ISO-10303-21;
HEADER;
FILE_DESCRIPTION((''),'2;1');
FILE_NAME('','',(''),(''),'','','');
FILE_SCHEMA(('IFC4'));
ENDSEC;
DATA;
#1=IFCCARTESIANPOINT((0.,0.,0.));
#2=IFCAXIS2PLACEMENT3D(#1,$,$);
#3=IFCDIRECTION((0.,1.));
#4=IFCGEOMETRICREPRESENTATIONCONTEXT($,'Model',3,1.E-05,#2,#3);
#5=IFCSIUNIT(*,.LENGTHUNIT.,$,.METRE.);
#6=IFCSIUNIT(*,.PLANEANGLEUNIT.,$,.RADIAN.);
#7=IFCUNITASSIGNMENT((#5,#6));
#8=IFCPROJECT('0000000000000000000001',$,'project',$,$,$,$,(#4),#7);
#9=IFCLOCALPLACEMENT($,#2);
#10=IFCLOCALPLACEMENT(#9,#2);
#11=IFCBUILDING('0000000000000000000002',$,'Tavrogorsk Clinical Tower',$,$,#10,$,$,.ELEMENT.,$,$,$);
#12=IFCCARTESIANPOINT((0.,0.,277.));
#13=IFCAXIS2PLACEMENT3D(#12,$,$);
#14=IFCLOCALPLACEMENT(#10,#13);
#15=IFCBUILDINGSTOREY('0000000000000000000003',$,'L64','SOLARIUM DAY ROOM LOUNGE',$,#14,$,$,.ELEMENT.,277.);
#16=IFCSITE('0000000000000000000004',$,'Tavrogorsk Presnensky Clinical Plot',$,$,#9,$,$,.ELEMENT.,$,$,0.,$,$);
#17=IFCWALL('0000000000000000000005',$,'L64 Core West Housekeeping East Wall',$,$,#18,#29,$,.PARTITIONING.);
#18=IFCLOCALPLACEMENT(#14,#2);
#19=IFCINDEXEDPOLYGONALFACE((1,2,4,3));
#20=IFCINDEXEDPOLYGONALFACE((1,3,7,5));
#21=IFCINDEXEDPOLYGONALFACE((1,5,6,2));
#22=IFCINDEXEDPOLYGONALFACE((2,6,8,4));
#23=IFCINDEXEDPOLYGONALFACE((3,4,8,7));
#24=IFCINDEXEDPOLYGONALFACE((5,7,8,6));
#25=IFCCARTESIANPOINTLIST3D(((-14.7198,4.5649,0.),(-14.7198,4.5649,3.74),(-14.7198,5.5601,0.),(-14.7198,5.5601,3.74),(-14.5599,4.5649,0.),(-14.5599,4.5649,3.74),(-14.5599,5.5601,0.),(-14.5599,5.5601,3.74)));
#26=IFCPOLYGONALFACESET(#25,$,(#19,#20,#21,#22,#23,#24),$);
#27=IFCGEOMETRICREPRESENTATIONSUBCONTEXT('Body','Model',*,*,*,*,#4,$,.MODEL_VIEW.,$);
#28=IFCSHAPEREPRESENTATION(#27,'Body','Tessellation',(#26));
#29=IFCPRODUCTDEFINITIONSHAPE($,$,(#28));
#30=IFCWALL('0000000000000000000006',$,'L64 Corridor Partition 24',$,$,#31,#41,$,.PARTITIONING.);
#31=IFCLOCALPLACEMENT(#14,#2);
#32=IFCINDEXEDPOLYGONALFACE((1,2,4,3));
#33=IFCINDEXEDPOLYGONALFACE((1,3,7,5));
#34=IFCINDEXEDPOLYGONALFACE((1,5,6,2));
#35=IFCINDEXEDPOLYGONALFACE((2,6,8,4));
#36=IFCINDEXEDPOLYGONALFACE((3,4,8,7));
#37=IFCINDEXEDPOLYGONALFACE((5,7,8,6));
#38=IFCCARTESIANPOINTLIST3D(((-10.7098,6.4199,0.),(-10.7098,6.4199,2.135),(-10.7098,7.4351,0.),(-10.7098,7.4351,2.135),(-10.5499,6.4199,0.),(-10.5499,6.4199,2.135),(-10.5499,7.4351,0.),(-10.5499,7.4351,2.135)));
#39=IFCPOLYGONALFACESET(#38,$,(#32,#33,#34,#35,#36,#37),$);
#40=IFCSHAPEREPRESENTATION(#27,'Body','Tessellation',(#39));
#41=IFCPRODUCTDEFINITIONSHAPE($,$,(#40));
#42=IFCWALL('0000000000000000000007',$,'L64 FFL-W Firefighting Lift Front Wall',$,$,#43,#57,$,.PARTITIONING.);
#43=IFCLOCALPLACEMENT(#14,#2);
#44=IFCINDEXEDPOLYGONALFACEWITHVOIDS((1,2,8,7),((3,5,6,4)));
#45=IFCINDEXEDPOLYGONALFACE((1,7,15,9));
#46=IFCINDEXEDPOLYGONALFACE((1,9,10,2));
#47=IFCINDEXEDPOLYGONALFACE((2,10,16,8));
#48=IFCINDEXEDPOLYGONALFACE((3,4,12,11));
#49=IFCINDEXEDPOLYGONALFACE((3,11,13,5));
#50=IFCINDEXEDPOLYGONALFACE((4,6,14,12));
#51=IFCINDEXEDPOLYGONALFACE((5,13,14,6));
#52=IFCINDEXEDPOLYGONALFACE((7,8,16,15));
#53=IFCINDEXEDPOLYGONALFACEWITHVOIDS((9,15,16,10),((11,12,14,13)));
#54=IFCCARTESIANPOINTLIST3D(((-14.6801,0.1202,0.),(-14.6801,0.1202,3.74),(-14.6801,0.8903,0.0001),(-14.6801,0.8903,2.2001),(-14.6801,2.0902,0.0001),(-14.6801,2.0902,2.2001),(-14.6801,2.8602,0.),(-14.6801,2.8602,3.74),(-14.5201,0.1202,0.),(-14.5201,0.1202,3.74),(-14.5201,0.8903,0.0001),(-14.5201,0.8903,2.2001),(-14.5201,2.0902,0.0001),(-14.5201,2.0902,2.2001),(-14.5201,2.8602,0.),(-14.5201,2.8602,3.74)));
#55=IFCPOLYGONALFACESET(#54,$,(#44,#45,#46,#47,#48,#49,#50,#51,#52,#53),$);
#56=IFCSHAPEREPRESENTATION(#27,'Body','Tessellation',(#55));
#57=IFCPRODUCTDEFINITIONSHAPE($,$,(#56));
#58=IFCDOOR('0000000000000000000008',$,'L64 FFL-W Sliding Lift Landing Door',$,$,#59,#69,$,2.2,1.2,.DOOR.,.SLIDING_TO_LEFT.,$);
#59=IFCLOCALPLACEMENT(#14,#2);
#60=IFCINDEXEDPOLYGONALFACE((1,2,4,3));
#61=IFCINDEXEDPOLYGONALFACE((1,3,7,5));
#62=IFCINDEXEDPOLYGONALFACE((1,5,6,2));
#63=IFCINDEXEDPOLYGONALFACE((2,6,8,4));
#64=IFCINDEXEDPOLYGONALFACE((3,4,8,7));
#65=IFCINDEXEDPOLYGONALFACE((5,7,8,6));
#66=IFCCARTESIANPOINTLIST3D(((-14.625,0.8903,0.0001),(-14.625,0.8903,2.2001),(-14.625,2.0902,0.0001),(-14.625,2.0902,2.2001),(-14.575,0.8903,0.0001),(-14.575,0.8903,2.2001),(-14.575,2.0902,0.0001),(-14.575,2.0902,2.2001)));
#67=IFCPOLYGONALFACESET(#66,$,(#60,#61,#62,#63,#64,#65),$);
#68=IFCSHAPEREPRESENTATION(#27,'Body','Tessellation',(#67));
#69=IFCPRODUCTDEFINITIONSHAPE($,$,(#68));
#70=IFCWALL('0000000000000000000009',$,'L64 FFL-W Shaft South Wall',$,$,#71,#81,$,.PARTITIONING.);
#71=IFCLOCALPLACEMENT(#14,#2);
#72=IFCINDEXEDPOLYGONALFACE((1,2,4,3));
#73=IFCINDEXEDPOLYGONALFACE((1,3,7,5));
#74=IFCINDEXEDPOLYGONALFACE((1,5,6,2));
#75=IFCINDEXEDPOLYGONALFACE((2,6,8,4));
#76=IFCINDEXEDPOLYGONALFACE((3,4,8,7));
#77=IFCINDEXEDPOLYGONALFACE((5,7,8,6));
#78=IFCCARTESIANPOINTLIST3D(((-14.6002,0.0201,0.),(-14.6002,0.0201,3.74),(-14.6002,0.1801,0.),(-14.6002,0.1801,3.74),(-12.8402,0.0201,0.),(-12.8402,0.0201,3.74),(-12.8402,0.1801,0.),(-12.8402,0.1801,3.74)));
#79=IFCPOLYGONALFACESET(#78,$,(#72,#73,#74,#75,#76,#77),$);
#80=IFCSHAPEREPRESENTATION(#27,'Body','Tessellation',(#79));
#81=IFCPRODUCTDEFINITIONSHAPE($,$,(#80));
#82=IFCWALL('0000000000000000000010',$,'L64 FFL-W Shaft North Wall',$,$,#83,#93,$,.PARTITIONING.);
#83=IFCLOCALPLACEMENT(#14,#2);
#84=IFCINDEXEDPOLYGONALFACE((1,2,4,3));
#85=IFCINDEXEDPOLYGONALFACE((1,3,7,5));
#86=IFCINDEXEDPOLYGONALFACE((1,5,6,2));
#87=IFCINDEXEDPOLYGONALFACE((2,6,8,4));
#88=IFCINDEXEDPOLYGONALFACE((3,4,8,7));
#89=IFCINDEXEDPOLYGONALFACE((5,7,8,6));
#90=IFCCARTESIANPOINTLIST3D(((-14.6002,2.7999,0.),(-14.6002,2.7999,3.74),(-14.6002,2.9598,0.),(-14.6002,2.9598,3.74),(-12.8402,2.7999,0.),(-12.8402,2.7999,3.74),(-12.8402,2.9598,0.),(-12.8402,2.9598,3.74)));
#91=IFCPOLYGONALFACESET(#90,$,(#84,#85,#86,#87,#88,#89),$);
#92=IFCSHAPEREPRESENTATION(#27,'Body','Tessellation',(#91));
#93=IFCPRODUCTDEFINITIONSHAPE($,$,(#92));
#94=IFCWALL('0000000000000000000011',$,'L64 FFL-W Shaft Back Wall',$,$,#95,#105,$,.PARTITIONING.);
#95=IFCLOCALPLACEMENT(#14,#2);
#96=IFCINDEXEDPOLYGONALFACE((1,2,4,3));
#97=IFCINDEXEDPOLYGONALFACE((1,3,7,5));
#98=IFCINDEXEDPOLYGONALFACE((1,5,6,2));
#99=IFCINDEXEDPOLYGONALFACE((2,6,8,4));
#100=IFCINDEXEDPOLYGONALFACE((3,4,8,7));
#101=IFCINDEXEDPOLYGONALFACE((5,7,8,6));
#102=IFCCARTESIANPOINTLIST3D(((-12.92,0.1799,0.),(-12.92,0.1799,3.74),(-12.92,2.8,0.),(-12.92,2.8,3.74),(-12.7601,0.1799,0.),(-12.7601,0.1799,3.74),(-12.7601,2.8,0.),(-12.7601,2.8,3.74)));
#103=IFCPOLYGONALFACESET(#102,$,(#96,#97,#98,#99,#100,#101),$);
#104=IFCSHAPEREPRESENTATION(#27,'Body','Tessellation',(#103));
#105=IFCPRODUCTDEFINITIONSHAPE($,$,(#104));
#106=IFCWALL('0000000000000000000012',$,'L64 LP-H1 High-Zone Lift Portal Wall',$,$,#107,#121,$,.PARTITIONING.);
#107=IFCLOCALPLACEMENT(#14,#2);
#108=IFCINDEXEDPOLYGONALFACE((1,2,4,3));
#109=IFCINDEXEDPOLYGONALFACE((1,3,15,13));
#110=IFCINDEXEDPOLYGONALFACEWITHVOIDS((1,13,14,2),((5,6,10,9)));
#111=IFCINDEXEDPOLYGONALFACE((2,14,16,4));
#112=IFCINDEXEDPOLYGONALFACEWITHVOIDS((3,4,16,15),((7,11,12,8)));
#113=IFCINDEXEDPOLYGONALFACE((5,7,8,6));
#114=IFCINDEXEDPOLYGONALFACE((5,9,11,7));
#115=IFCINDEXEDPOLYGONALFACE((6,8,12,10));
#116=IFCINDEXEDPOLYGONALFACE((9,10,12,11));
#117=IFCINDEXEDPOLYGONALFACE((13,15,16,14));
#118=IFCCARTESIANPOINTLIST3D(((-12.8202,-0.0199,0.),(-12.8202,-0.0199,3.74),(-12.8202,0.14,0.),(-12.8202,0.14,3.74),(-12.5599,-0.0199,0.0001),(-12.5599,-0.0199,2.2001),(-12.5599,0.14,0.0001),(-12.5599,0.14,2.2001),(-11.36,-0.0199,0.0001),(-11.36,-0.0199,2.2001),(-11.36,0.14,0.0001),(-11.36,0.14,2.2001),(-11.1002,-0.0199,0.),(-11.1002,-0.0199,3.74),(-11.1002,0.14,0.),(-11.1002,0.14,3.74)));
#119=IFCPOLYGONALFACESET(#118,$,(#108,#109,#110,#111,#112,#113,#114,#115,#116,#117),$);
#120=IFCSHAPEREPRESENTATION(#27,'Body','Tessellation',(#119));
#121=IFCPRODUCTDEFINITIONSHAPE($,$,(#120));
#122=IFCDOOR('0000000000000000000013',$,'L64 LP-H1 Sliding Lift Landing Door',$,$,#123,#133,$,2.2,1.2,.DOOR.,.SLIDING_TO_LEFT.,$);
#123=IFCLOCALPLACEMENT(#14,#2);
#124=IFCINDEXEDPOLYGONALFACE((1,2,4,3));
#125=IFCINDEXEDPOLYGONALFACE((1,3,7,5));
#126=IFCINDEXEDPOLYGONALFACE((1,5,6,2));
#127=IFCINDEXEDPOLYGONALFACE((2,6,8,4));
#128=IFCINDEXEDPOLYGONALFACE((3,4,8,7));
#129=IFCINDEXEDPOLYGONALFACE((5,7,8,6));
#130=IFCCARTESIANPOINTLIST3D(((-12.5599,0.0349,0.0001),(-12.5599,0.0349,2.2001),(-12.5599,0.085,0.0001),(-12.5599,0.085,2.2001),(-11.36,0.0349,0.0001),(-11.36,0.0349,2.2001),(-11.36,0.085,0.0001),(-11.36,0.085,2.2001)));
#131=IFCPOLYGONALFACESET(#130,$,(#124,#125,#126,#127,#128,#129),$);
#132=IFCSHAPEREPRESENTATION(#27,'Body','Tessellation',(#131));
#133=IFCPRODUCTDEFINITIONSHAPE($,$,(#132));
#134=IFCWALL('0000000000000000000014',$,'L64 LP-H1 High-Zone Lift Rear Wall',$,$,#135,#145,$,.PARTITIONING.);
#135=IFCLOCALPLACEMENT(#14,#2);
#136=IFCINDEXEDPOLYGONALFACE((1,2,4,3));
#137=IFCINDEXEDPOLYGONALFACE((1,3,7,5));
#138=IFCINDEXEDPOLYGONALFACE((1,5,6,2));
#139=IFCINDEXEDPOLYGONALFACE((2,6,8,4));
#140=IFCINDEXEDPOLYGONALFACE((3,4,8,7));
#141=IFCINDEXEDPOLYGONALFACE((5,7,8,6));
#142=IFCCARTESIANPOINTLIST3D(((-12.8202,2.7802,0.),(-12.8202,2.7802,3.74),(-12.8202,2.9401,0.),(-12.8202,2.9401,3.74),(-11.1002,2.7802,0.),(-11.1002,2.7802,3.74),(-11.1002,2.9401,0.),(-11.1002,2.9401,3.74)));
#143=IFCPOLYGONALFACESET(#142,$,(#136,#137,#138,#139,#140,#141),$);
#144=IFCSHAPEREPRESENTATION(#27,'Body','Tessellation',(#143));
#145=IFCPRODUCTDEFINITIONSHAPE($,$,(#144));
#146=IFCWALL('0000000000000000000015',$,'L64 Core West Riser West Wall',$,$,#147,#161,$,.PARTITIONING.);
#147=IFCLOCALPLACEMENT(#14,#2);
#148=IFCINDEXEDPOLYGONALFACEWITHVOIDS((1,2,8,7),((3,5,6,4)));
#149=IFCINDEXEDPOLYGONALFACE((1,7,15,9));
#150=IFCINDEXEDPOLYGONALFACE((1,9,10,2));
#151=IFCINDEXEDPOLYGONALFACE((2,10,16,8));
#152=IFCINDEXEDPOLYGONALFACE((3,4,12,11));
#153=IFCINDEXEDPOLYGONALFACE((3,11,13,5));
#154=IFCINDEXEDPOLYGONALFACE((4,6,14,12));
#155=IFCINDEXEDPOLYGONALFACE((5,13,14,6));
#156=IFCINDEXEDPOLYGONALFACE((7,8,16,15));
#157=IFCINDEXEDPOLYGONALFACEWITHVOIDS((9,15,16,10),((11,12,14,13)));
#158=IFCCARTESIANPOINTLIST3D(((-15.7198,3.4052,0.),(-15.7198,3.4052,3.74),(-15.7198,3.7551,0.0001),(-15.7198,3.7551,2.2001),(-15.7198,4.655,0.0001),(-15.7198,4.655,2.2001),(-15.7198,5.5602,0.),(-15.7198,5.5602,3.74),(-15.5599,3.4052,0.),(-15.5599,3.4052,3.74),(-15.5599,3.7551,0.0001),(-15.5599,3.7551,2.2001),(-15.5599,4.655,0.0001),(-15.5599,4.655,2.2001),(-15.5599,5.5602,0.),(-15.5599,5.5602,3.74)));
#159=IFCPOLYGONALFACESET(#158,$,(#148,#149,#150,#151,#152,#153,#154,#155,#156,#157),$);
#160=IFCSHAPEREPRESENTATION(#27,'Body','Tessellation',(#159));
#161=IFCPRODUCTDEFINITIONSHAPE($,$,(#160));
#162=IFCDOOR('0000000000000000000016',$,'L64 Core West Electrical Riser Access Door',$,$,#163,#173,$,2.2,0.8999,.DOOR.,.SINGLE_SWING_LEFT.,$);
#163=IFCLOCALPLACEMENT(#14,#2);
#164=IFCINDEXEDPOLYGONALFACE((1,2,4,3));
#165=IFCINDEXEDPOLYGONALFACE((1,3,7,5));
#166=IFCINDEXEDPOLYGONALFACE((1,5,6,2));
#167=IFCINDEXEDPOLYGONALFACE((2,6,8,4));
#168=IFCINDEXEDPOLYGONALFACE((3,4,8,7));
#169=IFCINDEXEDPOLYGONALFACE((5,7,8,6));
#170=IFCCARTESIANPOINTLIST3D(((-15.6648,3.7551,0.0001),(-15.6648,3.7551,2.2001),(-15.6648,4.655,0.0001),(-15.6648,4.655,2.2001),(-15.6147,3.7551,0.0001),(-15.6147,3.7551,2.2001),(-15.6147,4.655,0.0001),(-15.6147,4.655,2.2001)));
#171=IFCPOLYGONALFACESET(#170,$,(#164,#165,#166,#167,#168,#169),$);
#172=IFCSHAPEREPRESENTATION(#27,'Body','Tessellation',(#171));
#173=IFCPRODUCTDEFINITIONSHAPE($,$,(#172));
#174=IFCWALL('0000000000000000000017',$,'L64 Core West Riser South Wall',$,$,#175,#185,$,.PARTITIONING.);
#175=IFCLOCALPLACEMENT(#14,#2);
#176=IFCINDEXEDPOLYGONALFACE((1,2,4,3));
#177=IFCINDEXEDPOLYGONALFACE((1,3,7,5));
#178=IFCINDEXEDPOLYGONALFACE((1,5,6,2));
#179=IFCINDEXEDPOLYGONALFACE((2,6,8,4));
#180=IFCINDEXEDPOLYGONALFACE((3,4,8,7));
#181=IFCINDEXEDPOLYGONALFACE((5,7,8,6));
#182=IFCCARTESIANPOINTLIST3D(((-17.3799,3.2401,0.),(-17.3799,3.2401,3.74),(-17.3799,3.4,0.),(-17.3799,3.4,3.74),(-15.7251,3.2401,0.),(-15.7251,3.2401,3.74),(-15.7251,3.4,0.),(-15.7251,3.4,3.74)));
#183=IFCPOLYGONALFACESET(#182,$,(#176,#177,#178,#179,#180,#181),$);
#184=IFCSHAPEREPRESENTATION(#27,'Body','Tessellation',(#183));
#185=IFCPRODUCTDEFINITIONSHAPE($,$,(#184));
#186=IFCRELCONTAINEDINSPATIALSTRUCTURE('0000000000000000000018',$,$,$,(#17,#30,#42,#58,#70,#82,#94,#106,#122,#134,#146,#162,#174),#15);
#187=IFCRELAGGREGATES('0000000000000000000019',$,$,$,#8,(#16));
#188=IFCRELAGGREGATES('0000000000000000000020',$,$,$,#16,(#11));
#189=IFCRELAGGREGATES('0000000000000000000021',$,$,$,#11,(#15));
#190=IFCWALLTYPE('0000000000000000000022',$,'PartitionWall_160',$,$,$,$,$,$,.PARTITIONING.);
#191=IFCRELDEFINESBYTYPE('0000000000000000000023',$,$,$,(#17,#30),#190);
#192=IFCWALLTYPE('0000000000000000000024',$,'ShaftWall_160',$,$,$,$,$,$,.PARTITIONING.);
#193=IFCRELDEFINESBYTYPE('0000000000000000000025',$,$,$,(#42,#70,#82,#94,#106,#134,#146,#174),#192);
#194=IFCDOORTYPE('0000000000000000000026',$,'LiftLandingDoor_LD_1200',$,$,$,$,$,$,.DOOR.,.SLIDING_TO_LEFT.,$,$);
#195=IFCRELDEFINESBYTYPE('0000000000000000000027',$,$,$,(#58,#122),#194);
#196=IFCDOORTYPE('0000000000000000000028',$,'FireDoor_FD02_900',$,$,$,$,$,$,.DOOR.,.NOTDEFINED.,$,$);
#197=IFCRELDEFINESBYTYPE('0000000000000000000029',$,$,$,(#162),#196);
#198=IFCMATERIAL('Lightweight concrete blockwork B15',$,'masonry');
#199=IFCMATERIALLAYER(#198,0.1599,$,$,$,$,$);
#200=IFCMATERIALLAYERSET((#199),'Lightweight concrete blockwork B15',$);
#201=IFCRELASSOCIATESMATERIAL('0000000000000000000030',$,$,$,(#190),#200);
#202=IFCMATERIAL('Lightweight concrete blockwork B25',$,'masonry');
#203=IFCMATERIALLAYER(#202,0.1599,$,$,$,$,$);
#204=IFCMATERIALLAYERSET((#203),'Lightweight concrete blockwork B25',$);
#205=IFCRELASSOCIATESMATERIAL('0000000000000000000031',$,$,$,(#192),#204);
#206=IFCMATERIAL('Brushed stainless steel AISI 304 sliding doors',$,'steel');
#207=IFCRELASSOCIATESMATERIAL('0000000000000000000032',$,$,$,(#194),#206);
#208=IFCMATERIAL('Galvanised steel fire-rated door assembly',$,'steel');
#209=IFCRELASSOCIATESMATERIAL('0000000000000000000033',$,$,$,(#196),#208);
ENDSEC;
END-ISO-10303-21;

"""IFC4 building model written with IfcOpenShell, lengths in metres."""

from ifc_helpers import new_model, si_unit, direction, frame, frame_2d, origin, place, context, subcontext, project, spatial, rectangle, extrude, material, layer, layer_set, type_object, element, fill, save


model = new_model("IFC4")

# Units and contexts
model_context = context("Model", 3, precision=1e-05, world=origin(), true_north=direction((0.0, 1.0)))
body_context = subcontext(model_context, "Body", "Model", "MODEL_VIEW")
ifc_project = project(units=[si_unit("LENGTHUNIT", "METRE"), si_unit("PLANEANGLEUNIT", "RADIAN")], contexts=[model_context])

# Site, building, storey
site_placement = place(None, origin())
site = spatial("IfcSite", under=ifc_project, at=site_placement, Name="Tavrogorsk Presnensky Clinical Plot", CompositionType="ELEMENT", RefElevation=0.0)
building_placement = place(site_placement, origin())
building = spatial("IfcBuilding", under=site, at=building_placement, Name="Tavrogorsk Clinical Tower", CompositionType="ELEMENT")
storey_placement = place(building_placement, frame((0.0, 0.0, 277.0)))
storey = spatial("IfcBuildingStorey", under=building, at=storey_placement, Name="L64", Description="SOLARIUM DAY ROOM LOUNGE", CompositionType="ELEMENT", Elevation=277.0)

# Shared definitions
ifc_material_1 = material(Name="Lightweight concrete blockwork B15", Category="masonry")
ifc_layer_1 = layer(ifc_material_1, 0.1599)
ifc_layer_set_1 = layer_set([ifc_layer_1], Name="Lightweight concrete blockwork B15")
wall_type_1 = type_object("IfcWallType", Name="PartitionWall_160", PredefinedType="PARTITIONING", material=ifc_layer_set_1)

# Walls
wall_1_placement = place(storey_placement, frame((-14.6399, 4.5649, 0.0), z_axis=(0.0, 0.0, 1.0), x_axis=(0.0, 1.0, 0.0)))
element("IfcWall", 1, at=wall_1_placement, inside=storey, type_object=wall_type_1, Name="L64 Core West Housekeeping East Wall", PredefinedType="PARTITIONING", context=body_context, shape_type="SweptSolid", body=[
    extrude(rectangle(XDim=0.9951, YDim=0.1599, at=frame_2d((0.4976, 0.0))), origin(), (0.0, 0.0, 1.0), 3.74),
])
wall_2_placement = place(storey_placement, frame((-10.6299, 6.4199, 0.0), z_axis=(0.0, 0.0, 1.0), x_axis=(0.0, 1.0, 0.0)))
element("IfcWall", 2, at=wall_2_placement, inside=storey, type_object=wall_type_1, Name="L64 Corridor Partition 24", PredefinedType="PARTITIONING", context=body_context, shape_type="SweptSolid", body=[
    extrude(rectangle(XDim=1.0151, YDim=0.1599, at=frame_2d((0.5076, 0.0))), origin(), (0.0, 0.0, 1.0), 2.135),
])

# Wall, opening, door
ifc_material_2 = material(Name="Lightweight concrete blockwork B25", Category="masonry")
ifc_layer_2 = layer(ifc_material_2, 0.1599)
ifc_layer_set_2 = layer_set([ifc_layer_2], Name="Lightweight concrete blockwork B25")
wall_type_2 = type_object("IfcWallType", Name="ShaftWall_160", PredefinedType="PARTITIONING", material=ifc_layer_set_2)
wall_3_placement = place(storey_placement, frame((-14.6001, 0.1201, 0.0), z_axis=(0.0, 0.0, 1.0), x_axis=(0.0, 1.0, 0.0)))
wall_3 = element("IfcWall", 3, at=wall_3_placement, inside=storey, type_object=wall_type_2, Name="L64 FFL-W Firefighting Lift Front Wall", PredefinedType="PARTITIONING", context=body_context, shape_type="SweptSolid", body=[
    extrude(rectangle(XDim=2.74, YDim=0.1599, at=frame_2d((1.3701, 0.0))), origin(), (0.0, 0.0, 1.0), 3.74),
])
opening_1_placement = place(wall_3_placement, frame((0.77, 0.0, 0.0)))
opening_1 = element("IfcOpeningElement", 4, at=opening_1_placement, cuts=wall_3, PredefinedType="OPENING", context=body_context, shape_type="SweptSolid", body=[
    extrude(rectangle(XDim=1.2, YDim=2.2, at=frame_2d((0.6001, 1.1001))), frame((0.0, 0.0898, 0.0), z_axis=(0.0, -1.0, 0.0), x_axis=(1.0, 0.0, 0.0)), (0.0, 0.0, 1.0), 0.1799),
])
ifc_material_3 = material(Name="Brushed stainless steel AISI 304 sliding doors", Category="steel")
door_type_1 = type_object("IfcDoorType", Name="LiftLandingDoor_LD_1200", OperationType="SLIDING_TO_LEFT", PredefinedType="DOOR", material=ifc_material_3)
door_1_placement = place(opening_1_placement, origin())
door_1 = element("IfcDoor", 5, at=door_1_placement, inside=storey, type_object=door_type_1, Name="L64 FFL-W Sliding Lift Landing Door", OperationType="SLIDING_TO_LEFT", OverallHeight=2.2, OverallWidth=1.2, PredefinedType="DOOR", context=body_context, shape_type="SweptSolid", body=[
    extrude(rectangle(XDim=1.2, YDim=2.2, at=frame_2d((0.6001, 1.1001))), frame((0.0, 0.0249, 0.0), z_axis=(0.0, -1.0, 0.0), x_axis=(1.0, 0.0, 0.0)), (0.0, 0.0, 1.0), 0.05),
])
fill(opening_1, door_1)

# Walls
for number, where, z_axis, x_axis, name in (
    (6, (-14.6001, 0.1001, 0.0), (0.0, 0.0, 1.0), (1.0, 0.0, 0.0), "L64 FFL-W Shaft South Wall"),
    (7, (-14.6001, 2.8799, 0.0), (0.0, 0.0, 1.0), (1.0, 0.0, 0.0), "L64 FFL-W Shaft North Wall"),
):
    element("IfcWall", number, at=place(storey_placement, frame(where, z_axis=z_axis, x_axis=x_axis)), inside=storey, type_object=wall_type_2, Name=name, PredefinedType="PARTITIONING", context=body_context, shape_type="SweptSolid", body=[
        extrude(rectangle(XDim=1.76, YDim=0.1599, at=frame_2d((0.8799, 0.0))), origin(), (0.0, 0.0, 1.0), 3.74),
    ])
wall_4_placement = place(storey_placement, frame((-12.8401, 0.1799, 0.0), z_axis=(0.0, 0.0, 1.0), x_axis=(0.0, 1.0, 0.0)))
element("IfcWall", 8, at=wall_4_placement, inside=storey, type_object=wall_type_2, Name="L64 FFL-W Shaft Back Wall", PredefinedType="PARTITIONING", context=body_context, shape_type="SweptSolid", body=[
    extrude(rectangle(XDim=2.6201, YDim=0.1599, at=frame_2d((1.3101, 0.0))), origin(), (0.0, 0.0, 1.0), 3.74),
])

# Wall, opening, door
wall_5_placement = place(storey_placement, frame((-12.8201, 0.0601, 0.0), z_axis=(0.0, 0.0, 1.0), x_axis=(1.0, 0.0, 0.0)))
wall_5 = element("IfcWall", 9, at=wall_5_placement, inside=storey, type_object=wall_type_2, Name="L64 LP-H1 High-Zone Lift Portal Wall", PredefinedType="PARTITIONING", context=body_context, shape_type="SweptSolid", body=[
    extrude(rectangle(XDim=1.72, YDim=0.1599, at=frame_2d((0.8599, 0.0))), origin(), (0.0, 0.0, 1.0), 3.74),
])
opening_2_placement = place(wall_5_placement, frame((0.26, 0.0, 0.0)))
opening_2 = element("IfcOpeningElement", 10, at=opening_2_placement, cuts=wall_5, PredefinedType="OPENING", context=body_context, shape_type="SweptSolid", body=[
    extrude(rectangle(XDim=1.2, YDim=2.2, at=frame_2d((0.6001, 1.1001))), frame((0.0, 0.0898, 0.0), z_axis=(0.0, -1.0, 0.0), x_axis=(1.0, 0.0, 0.0)), (0.0, 0.0, 1.0), 0.1799),
])
door_2_placement = place(opening_2_placement, origin())
door_2 = element("IfcDoor", 11, at=door_2_placement, inside=storey, type_object=door_type_1, Name="L64 LP-H1 Sliding Lift Landing Door", OperationType="SLIDING_TO_LEFT", OverallHeight=2.2, OverallWidth=1.2, PredefinedType="DOOR", context=body_context, shape_type="SweptSolid", body=[
    extrude(rectangle(XDim=1.2, YDim=2.2, at=frame_2d((0.6001, 1.1001))), frame((0.0, 0.0249, 0.0), z_axis=(0.0, -1.0, 0.0), x_axis=(1.0, 0.0, 0.0)), (0.0, 0.0, 1.0), 0.05),
])
fill(opening_2, door_2)

# Wall
wall_6_placement = place(storey_placement, frame((-12.8201, 2.8601, 0.0), z_axis=(0.0, 0.0, 1.0), x_axis=(1.0, 0.0, 0.0)))
element("IfcWall", 12, at=wall_6_placement, inside=storey, type_object=wall_type_2, Name="L64 LP-H1 High-Zone Lift Rear Wall", PredefinedType="PARTITIONING", context=body_context, shape_type="SweptSolid", body=[
    extrude(rectangle(XDim=1.72, YDim=0.1599, at=frame_2d((0.8599, 0.0))), origin(), (0.0, 0.0, 1.0), 3.74),
])

# Wall, opening, door
wall_7_placement = place(storey_placement, frame((-15.6399, 3.405, 0.0), z_axis=(0.0, 0.0, 1.0), x_axis=(0.0, 1.0, 0.0)))
wall_7 = element("IfcWall", 13, at=wall_7_placement, inside=storey, type_object=wall_type_2, Name="L64 Core West Riser West Wall", PredefinedType="PARTITIONING", context=body_context, shape_type="SweptSolid", body=[
    extrude(rectangle(XDim=2.155, YDim=0.1599, at=frame_2d((1.0776, 0.0))), origin(), (0.0, 0.0, 1.0), 3.74),
])
opening_3_placement = place(wall_7_placement, frame((0.3501, 0.0, 0.0)))
opening_3 = element("IfcOpeningElement", 14, at=opening_3_placement, cuts=wall_7, PredefinedType="OPENING", context=body_context, shape_type="SweptSolid", body=[
    extrude(rectangle(XDim=0.8999, YDim=2.2, at=frame_2d((0.45, 1.1001))), frame((0.0, 0.0898, 0.0), z_axis=(0.0, -1.0, 0.0), x_axis=(1.0, 0.0, 0.0)), (0.0, 0.0, 1.0), 0.1799),
])
ifc_material_4 = material(Name="Galvanised steel fire-rated door assembly", Category="steel")
door_type_2 = type_object("IfcDoorType", Name="FireDoor_FD02_900", OperationType="NOTDEFINED", PredefinedType="DOOR", material=ifc_material_4)
door_3_placement = place(opening_3_placement, origin())
door_3 = element("IfcDoor", 15, at=door_3_placement, inside=storey, type_object=door_type_2, Name="L64 Core West Electrical Riser Access Door", OperationType="SINGLE_SWING_LEFT", OverallHeight=2.2, OverallWidth=0.8999, PredefinedType="DOOR", context=body_context, shape_type="SweptSolid", body=[
    extrude(rectangle(XDim=0.8999, YDim=2.2, at=frame_2d((0.45, 1.1001))), frame((0.0, 0.0249, 0.0), z_axis=(0.0, -1.0, 0.0), x_axis=(1.0, 0.0, 0.0)), (0.0, 0.0, 1.0), 0.05),
])
fill(opening_3, door_3)

# Wall
wall_8_placement = place(storey_placement, frame((-17.3799, 3.3201, 0.0), z_axis=(0.0, 0.0, 1.0), x_axis=(1.0, 0.0, 0.0)))
element("IfcWall", 16, at=wall_8_placement, inside=storey, type_object=wall_type_2, Name="L64 Core West Riser South Wall", PredefinedType="PARTITIONING", context=body_context, shape_type="SweptSolid", body=[
    extrude(rectangle(XDim=1.6548, YDim=0.1599, at=frame_2d((0.8274, 0.0))), origin(), (0.0, 0.0, 1.0), 3.74),
])

save(model, "model.ifc")
